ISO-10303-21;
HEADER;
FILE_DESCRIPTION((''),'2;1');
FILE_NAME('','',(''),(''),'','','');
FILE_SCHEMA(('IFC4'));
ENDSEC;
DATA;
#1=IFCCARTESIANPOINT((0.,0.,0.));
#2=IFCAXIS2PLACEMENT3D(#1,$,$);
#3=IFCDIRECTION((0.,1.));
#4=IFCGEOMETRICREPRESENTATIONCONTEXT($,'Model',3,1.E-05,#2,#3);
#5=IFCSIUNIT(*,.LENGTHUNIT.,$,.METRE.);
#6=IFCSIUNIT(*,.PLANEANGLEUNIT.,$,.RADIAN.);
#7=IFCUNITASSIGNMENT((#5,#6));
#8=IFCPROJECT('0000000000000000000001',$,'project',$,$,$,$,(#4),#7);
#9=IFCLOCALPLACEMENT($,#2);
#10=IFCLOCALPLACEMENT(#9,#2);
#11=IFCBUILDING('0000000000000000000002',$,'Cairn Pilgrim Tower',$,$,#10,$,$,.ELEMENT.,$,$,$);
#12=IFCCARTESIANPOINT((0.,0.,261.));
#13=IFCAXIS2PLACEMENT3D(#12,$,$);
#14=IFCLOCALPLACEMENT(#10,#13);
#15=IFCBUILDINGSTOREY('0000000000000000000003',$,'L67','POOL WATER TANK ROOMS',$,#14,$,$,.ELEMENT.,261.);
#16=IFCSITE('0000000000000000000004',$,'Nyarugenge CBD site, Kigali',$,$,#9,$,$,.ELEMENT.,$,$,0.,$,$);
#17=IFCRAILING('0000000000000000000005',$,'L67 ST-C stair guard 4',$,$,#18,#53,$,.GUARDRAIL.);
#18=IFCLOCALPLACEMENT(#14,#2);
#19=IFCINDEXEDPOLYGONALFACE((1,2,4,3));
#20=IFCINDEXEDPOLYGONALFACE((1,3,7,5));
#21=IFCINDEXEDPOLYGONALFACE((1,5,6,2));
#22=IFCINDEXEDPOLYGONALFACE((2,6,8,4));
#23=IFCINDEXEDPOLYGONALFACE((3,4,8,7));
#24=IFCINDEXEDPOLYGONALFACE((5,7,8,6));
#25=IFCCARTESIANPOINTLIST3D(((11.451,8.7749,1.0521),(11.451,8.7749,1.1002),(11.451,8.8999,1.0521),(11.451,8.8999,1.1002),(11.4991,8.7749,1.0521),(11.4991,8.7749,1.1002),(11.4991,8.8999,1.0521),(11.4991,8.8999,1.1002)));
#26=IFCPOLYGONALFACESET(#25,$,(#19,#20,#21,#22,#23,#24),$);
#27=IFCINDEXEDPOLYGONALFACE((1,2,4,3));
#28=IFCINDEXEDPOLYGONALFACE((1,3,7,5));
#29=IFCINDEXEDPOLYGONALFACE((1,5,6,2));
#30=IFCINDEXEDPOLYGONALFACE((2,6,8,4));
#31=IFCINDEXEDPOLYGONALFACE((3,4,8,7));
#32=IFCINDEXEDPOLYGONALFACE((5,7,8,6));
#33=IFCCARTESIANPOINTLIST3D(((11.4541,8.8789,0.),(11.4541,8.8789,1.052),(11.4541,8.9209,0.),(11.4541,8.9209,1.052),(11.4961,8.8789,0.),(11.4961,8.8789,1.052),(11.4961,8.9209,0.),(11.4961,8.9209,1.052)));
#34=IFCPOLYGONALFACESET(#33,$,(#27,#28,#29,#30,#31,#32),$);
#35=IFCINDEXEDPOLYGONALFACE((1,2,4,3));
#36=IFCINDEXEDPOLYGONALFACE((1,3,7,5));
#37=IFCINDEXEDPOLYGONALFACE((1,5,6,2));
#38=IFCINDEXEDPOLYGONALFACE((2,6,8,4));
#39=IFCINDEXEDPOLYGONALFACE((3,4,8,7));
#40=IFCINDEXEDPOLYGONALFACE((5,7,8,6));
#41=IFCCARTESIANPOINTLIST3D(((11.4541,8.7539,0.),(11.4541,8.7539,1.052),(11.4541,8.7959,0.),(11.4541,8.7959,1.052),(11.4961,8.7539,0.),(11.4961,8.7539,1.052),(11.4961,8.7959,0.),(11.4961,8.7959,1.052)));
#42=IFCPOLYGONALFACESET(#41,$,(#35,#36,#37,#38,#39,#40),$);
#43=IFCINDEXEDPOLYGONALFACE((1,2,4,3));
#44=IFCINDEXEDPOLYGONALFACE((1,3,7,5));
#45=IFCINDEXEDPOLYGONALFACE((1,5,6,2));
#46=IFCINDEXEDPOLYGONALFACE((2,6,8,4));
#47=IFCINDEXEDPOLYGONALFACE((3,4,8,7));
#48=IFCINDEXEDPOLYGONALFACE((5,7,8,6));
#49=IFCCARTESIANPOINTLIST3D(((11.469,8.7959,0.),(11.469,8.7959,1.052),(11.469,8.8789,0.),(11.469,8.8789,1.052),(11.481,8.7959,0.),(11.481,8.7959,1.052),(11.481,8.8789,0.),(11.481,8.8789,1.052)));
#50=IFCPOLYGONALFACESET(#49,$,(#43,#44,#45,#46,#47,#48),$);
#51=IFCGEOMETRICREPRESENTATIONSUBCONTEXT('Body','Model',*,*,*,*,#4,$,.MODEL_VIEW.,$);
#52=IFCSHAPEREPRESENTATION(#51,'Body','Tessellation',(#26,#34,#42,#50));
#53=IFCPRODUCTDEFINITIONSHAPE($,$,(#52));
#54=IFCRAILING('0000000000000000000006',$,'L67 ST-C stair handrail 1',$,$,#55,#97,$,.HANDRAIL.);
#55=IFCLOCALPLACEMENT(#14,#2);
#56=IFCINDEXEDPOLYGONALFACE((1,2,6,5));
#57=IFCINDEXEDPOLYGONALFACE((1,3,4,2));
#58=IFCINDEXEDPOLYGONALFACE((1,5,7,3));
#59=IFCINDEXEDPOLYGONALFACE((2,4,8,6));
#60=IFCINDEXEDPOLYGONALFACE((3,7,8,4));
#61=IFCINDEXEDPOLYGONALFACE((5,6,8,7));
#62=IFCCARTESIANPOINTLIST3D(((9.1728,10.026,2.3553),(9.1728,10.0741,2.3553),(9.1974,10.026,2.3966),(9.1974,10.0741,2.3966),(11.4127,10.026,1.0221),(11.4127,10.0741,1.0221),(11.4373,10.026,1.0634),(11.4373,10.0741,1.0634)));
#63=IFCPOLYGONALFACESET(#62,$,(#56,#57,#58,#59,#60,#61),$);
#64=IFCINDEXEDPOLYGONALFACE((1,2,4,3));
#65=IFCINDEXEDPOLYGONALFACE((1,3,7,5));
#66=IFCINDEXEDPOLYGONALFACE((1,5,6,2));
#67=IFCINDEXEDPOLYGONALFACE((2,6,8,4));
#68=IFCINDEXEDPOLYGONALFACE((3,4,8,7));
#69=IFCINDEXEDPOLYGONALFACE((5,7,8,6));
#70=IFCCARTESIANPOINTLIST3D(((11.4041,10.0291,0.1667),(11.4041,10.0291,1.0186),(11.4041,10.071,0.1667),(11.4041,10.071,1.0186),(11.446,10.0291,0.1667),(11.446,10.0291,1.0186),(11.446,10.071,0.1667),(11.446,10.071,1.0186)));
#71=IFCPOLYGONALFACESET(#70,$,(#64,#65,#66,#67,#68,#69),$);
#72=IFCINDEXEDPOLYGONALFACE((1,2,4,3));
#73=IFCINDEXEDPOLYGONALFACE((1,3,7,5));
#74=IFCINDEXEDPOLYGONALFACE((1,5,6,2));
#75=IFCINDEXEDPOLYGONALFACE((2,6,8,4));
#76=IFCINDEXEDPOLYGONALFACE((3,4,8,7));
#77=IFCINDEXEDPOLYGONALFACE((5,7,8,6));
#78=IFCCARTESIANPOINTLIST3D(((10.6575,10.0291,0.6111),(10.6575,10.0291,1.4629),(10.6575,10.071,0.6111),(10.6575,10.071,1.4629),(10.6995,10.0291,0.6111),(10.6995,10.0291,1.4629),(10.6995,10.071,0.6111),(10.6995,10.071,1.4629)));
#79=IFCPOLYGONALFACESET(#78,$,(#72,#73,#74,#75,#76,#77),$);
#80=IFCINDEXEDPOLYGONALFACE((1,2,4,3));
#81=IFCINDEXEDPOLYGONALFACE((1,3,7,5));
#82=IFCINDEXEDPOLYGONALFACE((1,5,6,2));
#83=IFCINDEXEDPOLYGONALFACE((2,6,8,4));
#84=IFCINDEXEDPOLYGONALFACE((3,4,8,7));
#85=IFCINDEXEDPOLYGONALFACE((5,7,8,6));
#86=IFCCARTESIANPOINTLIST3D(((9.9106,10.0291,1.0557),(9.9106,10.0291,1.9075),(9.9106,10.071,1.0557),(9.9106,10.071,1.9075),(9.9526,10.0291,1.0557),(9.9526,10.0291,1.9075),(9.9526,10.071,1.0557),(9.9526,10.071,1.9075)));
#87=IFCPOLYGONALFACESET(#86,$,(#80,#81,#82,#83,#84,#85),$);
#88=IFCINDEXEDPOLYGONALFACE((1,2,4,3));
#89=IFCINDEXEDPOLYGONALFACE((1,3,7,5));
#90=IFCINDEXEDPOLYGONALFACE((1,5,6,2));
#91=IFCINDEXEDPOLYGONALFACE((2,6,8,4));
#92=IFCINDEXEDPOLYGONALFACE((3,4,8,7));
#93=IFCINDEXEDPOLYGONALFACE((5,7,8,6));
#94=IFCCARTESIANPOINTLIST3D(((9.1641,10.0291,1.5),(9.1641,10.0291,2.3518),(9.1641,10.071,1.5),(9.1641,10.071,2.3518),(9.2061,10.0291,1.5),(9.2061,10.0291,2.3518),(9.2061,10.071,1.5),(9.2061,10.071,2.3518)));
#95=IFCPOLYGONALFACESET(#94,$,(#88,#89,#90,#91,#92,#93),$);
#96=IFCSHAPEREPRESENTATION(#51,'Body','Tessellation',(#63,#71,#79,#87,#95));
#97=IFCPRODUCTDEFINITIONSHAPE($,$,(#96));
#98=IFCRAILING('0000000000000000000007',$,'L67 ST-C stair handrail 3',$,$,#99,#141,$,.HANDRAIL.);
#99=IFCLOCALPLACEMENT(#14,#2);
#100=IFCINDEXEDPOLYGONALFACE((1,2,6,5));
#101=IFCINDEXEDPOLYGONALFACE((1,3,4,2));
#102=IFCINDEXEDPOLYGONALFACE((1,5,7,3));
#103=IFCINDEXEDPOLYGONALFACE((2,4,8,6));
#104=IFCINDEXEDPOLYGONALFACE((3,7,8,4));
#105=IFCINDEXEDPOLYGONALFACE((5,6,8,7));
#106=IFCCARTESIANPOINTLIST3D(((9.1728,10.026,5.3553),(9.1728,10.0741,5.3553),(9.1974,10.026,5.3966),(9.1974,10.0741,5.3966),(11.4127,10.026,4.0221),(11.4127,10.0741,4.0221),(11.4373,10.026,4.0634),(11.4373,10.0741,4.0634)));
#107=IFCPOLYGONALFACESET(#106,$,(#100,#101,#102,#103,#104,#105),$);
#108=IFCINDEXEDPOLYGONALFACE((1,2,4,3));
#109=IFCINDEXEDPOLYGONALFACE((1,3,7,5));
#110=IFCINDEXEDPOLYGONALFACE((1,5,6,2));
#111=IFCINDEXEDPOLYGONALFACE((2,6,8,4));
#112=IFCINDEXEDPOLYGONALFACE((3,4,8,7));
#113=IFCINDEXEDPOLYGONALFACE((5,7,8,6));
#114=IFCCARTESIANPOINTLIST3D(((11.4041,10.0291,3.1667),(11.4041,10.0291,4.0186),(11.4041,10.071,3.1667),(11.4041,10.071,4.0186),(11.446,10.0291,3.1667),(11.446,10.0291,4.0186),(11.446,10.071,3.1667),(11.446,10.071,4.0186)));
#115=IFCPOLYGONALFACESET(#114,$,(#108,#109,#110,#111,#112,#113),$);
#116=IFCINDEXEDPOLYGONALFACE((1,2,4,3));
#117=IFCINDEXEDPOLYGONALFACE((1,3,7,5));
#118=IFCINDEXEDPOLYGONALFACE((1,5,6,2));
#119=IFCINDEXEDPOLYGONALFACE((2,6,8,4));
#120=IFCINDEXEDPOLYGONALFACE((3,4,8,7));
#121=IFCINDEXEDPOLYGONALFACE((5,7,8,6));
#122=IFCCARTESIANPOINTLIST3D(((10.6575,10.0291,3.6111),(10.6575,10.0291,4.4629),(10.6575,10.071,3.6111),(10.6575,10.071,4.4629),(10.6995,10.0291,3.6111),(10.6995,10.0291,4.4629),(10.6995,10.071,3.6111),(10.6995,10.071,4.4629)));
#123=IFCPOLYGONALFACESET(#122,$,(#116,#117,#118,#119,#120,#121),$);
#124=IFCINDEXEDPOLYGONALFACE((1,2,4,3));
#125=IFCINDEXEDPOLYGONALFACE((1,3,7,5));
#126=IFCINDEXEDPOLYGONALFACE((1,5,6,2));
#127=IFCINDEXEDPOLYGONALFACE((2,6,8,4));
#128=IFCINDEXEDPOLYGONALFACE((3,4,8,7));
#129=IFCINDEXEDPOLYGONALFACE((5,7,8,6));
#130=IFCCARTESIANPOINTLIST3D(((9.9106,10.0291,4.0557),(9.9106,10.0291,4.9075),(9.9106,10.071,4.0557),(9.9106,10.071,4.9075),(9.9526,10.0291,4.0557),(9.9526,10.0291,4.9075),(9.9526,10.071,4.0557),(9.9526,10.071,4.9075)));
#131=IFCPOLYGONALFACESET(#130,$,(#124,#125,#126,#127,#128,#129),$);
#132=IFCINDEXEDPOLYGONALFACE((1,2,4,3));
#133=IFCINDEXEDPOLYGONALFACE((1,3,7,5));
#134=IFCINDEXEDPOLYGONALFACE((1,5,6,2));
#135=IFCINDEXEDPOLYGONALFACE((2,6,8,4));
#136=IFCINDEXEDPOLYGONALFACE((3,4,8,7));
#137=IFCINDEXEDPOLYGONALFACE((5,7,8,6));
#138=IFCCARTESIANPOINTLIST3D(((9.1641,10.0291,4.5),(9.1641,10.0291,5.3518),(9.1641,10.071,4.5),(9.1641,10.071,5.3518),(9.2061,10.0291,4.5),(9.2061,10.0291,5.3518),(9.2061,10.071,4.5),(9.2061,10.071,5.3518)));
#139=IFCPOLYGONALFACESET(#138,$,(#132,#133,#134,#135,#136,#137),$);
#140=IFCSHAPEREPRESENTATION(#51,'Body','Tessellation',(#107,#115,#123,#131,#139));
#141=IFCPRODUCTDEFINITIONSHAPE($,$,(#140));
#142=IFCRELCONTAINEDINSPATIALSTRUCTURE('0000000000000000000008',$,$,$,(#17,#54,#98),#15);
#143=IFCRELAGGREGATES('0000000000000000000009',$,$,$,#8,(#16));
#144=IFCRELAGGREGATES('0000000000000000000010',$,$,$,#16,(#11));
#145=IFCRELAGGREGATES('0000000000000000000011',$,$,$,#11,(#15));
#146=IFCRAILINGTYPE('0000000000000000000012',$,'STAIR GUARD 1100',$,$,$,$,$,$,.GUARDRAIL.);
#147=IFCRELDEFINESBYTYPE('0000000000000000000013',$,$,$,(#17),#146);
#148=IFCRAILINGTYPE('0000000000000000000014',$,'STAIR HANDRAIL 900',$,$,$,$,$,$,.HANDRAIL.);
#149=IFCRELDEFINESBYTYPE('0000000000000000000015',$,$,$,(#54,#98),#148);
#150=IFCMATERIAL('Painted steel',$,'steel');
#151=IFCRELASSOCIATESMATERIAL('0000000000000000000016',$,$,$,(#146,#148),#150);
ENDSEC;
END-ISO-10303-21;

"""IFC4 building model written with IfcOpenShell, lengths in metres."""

from ifc_helpers import new_model, si_unit, direction, frame, origin, origin_2d, place, context, subcontext, project, spatial, polyline, rectangle, outline, extrude, material, type_object, element, save


model = new_model("IFC4")

# Units and contexts
model_context = context("Model", 3, precision=1e-05, world=origin(), true_north=direction((0.0, 1.0)))
body_context = subcontext(model_context, "Body", "Model", "MODEL_VIEW")
ifc_project = project(units=[si_unit("LENGTHUNIT", "METRE"), si_unit("PLANEANGLEUNIT", "RADIAN")], contexts=[model_context])

# Site, building, storey
site_placement = place(None, origin())
site = spatial("IfcSite", under=ifc_project, at=site_placement, Name="Nyarugenge CBD site, Kigali", CompositionType="ELEMENT", RefElevation=0.0)
building_placement = place(site_placement, origin())
building = spatial("IfcBuilding", under=site, at=building_placement, Name="Cairn Pilgrim Tower", CompositionType="ELEMENT")
storey_placement = place(building_placement, frame((0.0, 0.0, 261.0)))
storey = spatial("IfcBuildingStorey", under=building, at=storey_placement, Name="L67", Description="POOL WATER TANK ROOMS", CompositionType="ELEMENT", Elevation=261.0)

# Shared definitions
ifc_material_1 = material(Name="Painted steel", Category="steel")

# Railings
railing_type_1 = type_object("IfcRailingType", Name="STAIR GUARD 1100", PredefinedType="GUARDRAIL", material=ifc_material_1)
railing_1_placement = place(storey_placement, frame((11.4751, 8.8999, 0.0)))
element("IfcRailing", 1, at=railing_1_placement, inside=storey, type_object=railing_type_1, Name="L67 ST-C stair guard 4", PredefinedType="GUARDRAIL", context=body_context, shape_type="SweptSolid", body=[
    extrude(rectangle(XDim=0.0481, YDim=0.0481, at=origin_2d()), frame((0.0, 0.0, 1.0762), z_axis=(0.0, -1.0, 0.0), x_axis=(1.0, 0.0, 0.0)), (0.0, 0.0, 1.0), 0.125),
    extrude(rectangle(XDim=0.042, YDim=0.042, at=origin_2d()), origin(), (0.0, 0.0, 1.0), 1.052),
    extrude(rectangle(XDim=0.042, YDim=0.042, at=origin_2d()), frame((0.0, -0.125, 0.0)), (0.0, 0.0, 1.0), 1.052),
    extrude(outline(polyline([(0.021, 0.0), (0.104, 0.0), (0.104, 1.052), (0.021, 1.052), (0.021, 0.0)])), frame((0.0059, 0.0, 0.0), z_axis=(-1.0, 0.0, 0.0), x_axis=(0.0, -1.0, 0.0)), (0.0, 0.0, 1.0), 0.012),
])
railing_type_2 = type_object("IfcRailingType", Name="STAIR HANDRAIL 900", PredefinedType="HANDRAIL", material=ifc_material_1)
for number, where, name in (
    (2, (11.425, 10.05, 0.1667), "L67 ST-C stair handrail 1"),
    (3, (11.425, 10.05, 3.1667), "L67 ST-C stair handrail 3"),
):
    element("IfcRailing", number, at=place(storey_placement, frame(where)), inside=storey, type_object=railing_type_2, Name=name, PredefinedType="HANDRAIL", context=body_context, shape_type="SweptSolid", body=[
        extrude(rectangle(XDim=0.0481, YDim=0.0481, at=origin_2d()), frame((0.0, 0.0, 0.876), z_axis=(-0.859306, 0.0, 0.511462), x_axis=(0.0, -1.0, 0.0)), (0.0, 0.0, 1.0), 2.6067),
        extrude(rectangle(XDim=0.042, YDim=0.042, at=origin_2d()), origin(), (0.0, 0.0, 1.0), 0.8518),
        extrude(rectangle(XDim=0.042, YDim=0.042, at=origin_2d()), frame((-0.7466, 0.0, 0.4443)), (0.0, 0.0, 1.0), 0.8518),
        extrude(rectangle(XDim=0.042, YDim=0.042, at=origin_2d()), frame((-1.4934, 0.0, 0.8889)), (0.0, 0.0, 1.0), 0.8518),
        extrude(rectangle(XDim=0.042, YDim=0.042, at=origin_2d()), frame((-2.24, 0.0, 1.3333)), (0.0, 0.0, 1.0), 0.8518),
    ])

save(model, "model.ifc")
